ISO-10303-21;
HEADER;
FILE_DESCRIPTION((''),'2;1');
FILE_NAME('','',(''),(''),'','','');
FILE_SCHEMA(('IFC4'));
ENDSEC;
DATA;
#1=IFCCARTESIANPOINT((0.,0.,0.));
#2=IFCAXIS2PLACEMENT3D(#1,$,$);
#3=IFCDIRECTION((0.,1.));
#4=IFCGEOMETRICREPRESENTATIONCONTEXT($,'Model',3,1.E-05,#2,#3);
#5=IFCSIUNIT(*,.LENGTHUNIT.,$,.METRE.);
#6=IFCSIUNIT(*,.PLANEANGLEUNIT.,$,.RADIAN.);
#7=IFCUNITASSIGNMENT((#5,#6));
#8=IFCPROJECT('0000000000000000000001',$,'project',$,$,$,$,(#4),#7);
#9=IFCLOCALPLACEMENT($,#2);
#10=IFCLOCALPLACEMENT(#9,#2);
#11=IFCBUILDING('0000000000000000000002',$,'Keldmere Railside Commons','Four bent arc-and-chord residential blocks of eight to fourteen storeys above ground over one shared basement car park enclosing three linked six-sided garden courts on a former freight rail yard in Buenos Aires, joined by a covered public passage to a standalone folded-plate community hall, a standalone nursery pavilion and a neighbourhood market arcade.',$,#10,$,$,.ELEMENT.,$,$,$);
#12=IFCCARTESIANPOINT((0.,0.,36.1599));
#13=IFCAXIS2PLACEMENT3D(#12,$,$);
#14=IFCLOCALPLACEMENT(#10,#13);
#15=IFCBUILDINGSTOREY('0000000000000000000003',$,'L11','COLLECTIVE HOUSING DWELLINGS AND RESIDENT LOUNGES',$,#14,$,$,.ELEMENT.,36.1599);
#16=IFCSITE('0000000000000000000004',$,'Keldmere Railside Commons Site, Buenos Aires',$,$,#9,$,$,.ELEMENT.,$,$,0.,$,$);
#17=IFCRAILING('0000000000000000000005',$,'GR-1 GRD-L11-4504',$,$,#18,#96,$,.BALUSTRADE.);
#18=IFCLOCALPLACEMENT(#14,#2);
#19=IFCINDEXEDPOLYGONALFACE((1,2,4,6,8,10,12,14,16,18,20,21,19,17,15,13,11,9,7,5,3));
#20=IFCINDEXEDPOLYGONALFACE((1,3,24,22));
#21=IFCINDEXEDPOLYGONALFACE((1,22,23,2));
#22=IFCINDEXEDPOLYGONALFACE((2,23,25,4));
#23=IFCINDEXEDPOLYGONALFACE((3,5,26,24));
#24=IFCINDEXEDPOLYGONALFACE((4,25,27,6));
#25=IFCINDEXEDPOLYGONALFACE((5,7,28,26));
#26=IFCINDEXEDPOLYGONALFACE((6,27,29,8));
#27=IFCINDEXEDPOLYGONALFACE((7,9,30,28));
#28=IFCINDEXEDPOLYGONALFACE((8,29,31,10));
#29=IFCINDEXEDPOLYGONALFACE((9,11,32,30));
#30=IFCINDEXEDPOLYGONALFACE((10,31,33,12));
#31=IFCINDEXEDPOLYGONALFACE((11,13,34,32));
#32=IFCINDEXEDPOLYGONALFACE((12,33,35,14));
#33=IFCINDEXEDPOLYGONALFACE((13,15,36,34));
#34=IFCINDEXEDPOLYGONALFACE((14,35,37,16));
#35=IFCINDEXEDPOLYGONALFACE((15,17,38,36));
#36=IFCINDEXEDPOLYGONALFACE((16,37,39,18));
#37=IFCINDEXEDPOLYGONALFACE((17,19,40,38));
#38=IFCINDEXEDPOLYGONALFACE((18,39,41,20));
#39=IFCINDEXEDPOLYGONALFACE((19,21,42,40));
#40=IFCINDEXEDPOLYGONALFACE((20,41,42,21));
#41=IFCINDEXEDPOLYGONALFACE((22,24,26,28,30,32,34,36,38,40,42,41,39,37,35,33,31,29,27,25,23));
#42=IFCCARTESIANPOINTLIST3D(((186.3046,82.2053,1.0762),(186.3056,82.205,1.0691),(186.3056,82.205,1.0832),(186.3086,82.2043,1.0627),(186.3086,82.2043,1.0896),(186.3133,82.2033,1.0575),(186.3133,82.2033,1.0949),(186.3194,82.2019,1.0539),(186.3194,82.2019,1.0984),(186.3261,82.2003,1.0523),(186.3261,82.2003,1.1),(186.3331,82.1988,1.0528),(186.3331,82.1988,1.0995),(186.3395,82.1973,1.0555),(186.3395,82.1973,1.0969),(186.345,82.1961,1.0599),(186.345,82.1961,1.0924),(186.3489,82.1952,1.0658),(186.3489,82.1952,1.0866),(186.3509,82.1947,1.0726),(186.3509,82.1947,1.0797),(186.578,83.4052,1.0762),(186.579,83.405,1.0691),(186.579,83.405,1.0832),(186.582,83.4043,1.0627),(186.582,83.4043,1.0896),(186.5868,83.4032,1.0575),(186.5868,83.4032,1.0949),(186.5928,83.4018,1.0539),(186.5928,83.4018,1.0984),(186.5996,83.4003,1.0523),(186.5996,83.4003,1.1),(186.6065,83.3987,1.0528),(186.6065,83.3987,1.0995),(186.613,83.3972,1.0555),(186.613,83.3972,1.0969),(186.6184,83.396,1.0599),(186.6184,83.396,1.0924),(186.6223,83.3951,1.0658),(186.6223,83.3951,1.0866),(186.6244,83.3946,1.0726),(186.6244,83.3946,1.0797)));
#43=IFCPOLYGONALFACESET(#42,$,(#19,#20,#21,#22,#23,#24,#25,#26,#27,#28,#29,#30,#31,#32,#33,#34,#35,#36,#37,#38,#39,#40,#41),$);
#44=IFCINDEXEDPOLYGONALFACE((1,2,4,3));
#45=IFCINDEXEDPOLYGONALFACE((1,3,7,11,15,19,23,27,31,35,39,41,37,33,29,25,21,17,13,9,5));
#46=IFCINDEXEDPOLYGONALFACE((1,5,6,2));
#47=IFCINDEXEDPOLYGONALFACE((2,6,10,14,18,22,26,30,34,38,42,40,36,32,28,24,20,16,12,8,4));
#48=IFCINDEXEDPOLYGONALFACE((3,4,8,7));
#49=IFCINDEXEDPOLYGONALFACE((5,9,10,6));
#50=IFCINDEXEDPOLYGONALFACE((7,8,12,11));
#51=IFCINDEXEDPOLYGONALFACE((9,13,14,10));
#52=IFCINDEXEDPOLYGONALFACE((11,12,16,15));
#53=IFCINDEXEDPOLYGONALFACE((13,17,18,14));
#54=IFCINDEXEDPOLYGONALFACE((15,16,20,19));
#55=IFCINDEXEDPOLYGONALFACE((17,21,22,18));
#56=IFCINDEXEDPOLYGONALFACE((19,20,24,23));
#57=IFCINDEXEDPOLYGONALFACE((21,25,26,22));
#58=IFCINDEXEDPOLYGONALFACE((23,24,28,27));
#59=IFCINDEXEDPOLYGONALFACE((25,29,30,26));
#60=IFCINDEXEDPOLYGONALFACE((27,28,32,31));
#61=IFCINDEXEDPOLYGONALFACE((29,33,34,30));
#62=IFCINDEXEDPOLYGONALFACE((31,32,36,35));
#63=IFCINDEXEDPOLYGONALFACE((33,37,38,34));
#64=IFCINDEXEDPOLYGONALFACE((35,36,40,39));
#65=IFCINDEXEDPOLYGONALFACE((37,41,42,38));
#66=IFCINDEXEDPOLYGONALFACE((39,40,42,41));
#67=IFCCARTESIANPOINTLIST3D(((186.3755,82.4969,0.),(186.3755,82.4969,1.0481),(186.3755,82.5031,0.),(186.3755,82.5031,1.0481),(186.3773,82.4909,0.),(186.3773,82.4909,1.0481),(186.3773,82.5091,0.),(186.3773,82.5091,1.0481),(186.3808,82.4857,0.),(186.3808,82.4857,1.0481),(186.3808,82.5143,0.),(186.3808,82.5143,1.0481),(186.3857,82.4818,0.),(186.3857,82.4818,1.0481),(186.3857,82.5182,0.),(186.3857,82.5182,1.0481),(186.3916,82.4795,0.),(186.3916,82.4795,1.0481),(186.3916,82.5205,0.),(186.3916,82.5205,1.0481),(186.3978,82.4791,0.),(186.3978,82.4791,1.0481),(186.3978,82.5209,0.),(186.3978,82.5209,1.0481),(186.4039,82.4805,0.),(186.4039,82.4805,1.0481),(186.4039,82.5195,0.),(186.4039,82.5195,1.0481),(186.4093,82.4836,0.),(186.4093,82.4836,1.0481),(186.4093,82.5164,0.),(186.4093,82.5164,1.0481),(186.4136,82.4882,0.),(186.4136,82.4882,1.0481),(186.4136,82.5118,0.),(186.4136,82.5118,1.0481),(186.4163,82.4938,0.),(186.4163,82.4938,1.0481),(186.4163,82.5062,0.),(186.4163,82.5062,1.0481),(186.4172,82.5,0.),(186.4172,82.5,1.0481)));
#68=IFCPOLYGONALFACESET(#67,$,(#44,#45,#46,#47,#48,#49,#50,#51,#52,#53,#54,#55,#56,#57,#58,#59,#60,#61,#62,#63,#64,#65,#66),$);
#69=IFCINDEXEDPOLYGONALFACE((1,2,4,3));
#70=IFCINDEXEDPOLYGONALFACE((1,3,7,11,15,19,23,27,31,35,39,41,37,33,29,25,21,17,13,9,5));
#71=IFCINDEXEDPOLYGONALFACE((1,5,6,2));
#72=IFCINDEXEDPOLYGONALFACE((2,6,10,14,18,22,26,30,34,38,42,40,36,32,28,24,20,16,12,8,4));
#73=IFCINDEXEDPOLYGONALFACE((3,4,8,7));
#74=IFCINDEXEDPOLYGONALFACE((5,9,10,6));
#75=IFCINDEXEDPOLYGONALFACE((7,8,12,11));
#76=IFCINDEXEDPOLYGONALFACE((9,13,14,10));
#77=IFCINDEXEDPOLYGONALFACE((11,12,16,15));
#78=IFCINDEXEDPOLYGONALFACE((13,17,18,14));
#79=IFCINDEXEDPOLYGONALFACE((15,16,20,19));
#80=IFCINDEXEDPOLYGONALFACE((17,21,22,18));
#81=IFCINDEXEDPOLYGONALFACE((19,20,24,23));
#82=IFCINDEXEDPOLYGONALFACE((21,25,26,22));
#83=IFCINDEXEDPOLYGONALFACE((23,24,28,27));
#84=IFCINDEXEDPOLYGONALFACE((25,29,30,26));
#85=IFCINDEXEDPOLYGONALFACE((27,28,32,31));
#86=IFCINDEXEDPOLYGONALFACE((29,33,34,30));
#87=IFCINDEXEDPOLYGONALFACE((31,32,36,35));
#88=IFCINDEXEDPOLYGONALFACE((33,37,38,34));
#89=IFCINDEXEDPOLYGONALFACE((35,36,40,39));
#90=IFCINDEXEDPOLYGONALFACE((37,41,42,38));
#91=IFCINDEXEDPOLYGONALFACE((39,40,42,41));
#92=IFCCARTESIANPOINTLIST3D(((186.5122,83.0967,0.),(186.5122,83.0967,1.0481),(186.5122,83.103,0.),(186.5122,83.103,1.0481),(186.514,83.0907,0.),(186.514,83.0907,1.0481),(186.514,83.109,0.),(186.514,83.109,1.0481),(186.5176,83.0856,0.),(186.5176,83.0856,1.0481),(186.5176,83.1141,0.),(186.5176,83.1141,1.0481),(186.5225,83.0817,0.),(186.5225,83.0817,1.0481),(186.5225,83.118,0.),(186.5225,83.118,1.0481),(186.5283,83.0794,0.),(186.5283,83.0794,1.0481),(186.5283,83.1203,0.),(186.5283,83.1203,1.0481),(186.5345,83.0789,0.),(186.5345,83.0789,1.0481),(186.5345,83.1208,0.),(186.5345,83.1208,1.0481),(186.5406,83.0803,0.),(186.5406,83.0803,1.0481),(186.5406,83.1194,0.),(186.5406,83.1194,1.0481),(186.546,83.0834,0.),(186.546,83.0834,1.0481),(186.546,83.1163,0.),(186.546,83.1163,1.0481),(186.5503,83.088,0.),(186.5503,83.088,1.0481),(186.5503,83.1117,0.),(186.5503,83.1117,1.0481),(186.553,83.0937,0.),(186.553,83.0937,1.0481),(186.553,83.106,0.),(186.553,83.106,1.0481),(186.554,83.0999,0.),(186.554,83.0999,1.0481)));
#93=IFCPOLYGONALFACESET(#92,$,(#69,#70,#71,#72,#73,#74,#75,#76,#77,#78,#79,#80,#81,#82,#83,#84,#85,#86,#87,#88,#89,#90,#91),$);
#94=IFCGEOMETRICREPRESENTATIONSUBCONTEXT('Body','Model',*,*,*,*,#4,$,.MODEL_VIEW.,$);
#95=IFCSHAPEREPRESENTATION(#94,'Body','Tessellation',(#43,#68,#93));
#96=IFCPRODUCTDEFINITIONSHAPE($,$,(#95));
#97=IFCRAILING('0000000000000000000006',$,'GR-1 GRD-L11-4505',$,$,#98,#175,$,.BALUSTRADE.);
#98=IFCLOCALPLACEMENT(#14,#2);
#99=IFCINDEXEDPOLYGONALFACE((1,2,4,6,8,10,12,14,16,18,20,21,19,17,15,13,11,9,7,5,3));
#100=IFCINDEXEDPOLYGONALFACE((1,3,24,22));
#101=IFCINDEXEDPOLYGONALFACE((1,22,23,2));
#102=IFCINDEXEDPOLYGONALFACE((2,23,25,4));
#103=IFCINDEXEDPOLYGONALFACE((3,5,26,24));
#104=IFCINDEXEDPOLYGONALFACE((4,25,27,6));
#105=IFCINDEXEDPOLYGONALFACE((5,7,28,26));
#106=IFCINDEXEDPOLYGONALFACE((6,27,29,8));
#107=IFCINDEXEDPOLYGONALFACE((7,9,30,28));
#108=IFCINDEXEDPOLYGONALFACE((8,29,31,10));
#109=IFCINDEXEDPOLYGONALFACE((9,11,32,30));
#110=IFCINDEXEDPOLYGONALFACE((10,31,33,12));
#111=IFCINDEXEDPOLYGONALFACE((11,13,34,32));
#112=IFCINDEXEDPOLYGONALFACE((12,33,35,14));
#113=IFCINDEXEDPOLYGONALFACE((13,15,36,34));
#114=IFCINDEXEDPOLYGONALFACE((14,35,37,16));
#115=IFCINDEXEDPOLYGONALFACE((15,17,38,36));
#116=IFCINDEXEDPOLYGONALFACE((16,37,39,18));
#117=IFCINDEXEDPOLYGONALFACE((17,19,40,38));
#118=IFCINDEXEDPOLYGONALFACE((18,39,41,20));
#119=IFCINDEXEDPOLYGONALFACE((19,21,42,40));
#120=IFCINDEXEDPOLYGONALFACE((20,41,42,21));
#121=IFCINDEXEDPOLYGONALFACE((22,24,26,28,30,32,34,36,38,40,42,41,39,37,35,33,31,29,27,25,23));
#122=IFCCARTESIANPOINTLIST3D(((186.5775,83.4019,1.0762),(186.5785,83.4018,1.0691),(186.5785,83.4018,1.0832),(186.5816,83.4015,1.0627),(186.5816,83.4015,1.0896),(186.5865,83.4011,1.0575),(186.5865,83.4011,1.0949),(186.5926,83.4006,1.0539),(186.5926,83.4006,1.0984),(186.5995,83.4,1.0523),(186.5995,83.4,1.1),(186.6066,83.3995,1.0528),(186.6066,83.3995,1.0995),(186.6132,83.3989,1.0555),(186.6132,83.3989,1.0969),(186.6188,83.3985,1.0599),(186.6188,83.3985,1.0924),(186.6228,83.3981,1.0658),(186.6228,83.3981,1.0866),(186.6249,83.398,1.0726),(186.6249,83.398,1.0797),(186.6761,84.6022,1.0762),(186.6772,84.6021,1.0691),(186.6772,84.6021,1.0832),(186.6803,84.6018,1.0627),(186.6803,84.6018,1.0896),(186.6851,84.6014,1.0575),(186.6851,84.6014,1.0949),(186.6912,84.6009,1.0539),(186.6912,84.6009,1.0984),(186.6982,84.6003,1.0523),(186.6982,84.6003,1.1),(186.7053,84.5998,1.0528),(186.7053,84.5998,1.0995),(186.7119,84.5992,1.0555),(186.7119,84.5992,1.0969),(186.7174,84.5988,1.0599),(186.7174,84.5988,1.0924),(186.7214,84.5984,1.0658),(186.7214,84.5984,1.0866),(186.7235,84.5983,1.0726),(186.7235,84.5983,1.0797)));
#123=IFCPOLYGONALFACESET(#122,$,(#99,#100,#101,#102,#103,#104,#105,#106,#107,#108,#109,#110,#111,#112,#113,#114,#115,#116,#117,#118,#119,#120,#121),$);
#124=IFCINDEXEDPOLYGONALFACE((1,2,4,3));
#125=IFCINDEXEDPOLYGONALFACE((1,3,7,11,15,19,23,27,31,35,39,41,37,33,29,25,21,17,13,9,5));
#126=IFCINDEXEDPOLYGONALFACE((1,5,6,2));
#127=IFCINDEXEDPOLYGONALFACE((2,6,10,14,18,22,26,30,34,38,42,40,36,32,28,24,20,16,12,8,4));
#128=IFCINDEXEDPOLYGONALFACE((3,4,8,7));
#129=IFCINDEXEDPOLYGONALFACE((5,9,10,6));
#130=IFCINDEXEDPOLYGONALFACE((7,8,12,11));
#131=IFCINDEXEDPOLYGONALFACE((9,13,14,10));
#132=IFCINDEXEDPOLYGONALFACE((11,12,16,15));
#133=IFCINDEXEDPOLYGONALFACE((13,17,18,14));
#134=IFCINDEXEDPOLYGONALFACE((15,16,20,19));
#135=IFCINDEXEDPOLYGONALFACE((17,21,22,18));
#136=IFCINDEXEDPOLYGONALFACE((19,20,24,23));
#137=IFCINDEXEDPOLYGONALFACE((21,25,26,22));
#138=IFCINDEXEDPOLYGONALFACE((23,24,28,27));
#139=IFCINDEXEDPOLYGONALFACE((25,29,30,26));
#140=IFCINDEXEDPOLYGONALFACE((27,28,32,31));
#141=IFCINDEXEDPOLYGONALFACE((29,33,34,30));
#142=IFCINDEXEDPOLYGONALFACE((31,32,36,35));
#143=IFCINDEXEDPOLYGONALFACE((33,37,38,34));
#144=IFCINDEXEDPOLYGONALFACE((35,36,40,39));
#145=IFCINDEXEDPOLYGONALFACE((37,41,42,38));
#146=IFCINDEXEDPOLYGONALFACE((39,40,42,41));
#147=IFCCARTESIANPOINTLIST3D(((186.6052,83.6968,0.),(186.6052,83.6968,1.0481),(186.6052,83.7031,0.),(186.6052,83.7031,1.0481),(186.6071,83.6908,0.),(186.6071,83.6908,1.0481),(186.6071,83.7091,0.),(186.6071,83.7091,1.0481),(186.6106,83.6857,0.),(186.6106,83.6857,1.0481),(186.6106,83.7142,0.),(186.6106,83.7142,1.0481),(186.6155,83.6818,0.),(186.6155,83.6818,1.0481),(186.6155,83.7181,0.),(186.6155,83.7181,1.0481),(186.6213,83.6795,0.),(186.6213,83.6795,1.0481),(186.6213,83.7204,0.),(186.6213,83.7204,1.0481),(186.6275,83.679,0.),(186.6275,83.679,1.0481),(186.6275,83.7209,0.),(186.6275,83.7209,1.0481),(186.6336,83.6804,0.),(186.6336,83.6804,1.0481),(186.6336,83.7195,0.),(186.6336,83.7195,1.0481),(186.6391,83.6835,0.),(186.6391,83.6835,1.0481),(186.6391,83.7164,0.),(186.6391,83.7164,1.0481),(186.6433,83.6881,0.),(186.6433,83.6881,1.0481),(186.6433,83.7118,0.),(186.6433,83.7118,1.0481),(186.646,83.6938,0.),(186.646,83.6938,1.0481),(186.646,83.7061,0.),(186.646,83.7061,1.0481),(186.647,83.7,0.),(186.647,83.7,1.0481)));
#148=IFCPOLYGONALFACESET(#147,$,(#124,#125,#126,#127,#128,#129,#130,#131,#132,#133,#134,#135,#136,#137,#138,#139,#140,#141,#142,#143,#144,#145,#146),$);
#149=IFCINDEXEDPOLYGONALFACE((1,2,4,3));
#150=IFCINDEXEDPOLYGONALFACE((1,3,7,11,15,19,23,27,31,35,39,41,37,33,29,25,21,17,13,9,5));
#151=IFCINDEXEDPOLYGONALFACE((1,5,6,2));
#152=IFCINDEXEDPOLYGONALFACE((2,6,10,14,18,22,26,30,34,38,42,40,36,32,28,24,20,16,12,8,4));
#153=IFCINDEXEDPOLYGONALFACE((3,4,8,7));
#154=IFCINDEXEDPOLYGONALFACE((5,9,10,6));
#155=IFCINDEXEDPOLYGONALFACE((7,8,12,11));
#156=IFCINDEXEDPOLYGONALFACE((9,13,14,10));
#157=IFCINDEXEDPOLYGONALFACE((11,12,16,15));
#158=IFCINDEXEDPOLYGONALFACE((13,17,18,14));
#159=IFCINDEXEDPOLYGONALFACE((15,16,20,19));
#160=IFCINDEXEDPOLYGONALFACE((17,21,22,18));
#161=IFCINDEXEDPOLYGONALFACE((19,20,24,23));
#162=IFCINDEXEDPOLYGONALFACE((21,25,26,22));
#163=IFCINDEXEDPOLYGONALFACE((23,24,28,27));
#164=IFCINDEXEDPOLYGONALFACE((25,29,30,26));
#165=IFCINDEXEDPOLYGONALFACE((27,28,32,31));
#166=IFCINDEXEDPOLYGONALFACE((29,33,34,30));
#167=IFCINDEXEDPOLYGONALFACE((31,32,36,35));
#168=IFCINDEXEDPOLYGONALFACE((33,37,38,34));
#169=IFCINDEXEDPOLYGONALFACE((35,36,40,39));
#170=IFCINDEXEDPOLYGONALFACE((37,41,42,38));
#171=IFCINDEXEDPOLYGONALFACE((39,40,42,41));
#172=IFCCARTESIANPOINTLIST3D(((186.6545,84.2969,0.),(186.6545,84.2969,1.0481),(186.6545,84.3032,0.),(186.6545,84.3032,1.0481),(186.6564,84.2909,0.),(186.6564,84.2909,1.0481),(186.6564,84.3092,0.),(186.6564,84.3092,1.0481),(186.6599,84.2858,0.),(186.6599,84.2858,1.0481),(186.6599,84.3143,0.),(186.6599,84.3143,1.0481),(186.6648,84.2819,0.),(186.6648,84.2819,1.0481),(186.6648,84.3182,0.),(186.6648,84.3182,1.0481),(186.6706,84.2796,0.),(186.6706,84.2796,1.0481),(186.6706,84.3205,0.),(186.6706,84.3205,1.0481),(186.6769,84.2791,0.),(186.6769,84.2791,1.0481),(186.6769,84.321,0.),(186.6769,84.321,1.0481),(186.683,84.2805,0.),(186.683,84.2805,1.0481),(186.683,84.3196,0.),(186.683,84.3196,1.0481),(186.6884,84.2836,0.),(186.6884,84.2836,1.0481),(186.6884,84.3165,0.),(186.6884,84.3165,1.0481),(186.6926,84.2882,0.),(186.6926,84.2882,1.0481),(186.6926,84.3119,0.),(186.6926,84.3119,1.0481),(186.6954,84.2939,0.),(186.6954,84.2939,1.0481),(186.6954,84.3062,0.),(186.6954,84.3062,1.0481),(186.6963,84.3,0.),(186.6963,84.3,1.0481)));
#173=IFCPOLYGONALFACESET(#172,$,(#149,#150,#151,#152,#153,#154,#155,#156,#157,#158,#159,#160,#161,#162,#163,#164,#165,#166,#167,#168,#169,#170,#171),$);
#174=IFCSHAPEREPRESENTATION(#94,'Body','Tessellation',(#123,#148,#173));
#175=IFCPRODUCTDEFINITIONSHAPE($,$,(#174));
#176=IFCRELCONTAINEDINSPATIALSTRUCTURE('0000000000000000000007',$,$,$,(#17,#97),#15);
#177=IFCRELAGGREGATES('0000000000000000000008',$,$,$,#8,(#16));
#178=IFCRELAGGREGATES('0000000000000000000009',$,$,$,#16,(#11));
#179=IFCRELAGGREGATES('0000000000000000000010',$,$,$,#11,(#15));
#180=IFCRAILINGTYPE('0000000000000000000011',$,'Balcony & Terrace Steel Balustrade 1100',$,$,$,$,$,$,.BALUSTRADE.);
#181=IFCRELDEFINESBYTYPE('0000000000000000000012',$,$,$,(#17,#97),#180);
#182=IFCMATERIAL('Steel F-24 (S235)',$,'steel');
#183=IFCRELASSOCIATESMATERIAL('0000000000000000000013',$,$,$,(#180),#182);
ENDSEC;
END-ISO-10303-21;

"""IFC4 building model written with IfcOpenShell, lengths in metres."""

from ifc_helpers import new_model, si_unit, direction, frame, origin, origin_2d, place, context, subcontext, project, spatial, circle, extrude, material, type_object, element, save


model = new_model("IFC4")

# Units and contexts
model_context = context("Model", 3, precision=1e-05, world=origin(), true_north=direction((0.0, 1.0)))
body_context = subcontext(model_context, "Body", "Model", "MODEL_VIEW")
ifc_project = project(units=[si_unit("LENGTHUNIT", "METRE"), si_unit("PLANEANGLEUNIT", "RADIAN")], contexts=[model_context])

# Site, building, storey
site_placement = place(None, origin())
site = spatial("IfcSite", under=ifc_project, at=site_placement, Name="Keldmere Railside Commons Site, Buenos Aires", CompositionType="ELEMENT", RefElevation=0.0)
building_placement = place(site_placement, origin())
building = spatial("IfcBuilding", under=site, at=building_placement, Name="Keldmere Railside Commons", Description="Four bent arc-and-chord residential blocks of eight to fourteen storeys above ground over one shared basement car park enclosing three linked six-sided garden courts on a former freight rail yard in Buenos Aires, joined by a covered public passage to a standalone folded-plate community hall, a standalone nursery pavilion and a neighbourhood market arcade.", CompositionType="ELEMENT")
storey_placement = place(building_placement, frame((0.0, 0.0, 36.1599)))
storey = spatial("IfcBuildingStorey", under=building, at=storey_placement, Name="L11", Description="COLLECTIVE HOUSING DWELLINGS AND RESIDENT LOUNGES", CompositionType="ELEMENT", Elevation=36.1599)

# Railings
ifc_material_1 = material(Name="Steel F-24 (S235)", Category="steel")
railing_type = type_object("IfcRailingType", Name="Balcony & Terrace Steel Balustrade 1100", PredefinedType="BALUSTRADE", material=ifc_material_1)
railing_1_placement = place(storey_placement, frame((186.3279, 82.2, 0.0)))
element("IfcRailing", 1, at=railing_1_placement, inside=storey, type_object=railing_type, Name="GR-1 GRD-L11-4504", PredefinedType="BALUSTRADE", context=body_context, shape_type="SweptSolid", body=[
    extrude(circle(Radius=0.0239, at=origin_2d()), frame((0.0, 0.0, 1.0762), z_axis=(0.222178, 0.975006, 0.0), x_axis=(-0.975006, 0.222178, 0.0)), (0.0, 0.0, 1.0), 1.2307),
    extrude(circle(Radius=0.021, at=origin_2d()), frame((0.0684, 0.3, 0.0)), (0.0, 0.0, 1.0), 1.0481),
    extrude(circle(Radius=0.021, at=origin_2d()), frame((0.2051, 0.8999, 0.0)), (0.0, 0.0, 1.0), 1.0481),
])
railing_2_placement = place(storey_placement, frame((186.6013, 83.3999, 0.0)))
element("IfcRailing", 2, at=railing_2_placement, inside=storey, type_object=railing_type, Name="GR-1 GRD-L11-4505", PredefinedType="BALUSTRADE", context=body_context, shape_type="SweptSolid", body=[
    extrude(circle(Radius=0.0239, at=origin_2d()), frame((0.0, 0.0, 1.0762), z_axis=(0.081905, 0.99664, 0.0), x_axis=(-0.99664, 0.081905, 0.0)), (0.0, 0.0, 1.0), 1.2043),
    extrude(circle(Radius=0.021, at=origin_2d()), frame((0.0247, 0.3, 0.0)), (0.0, 0.0, 1.0), 1.0481),
    extrude(circle(Radius=0.021, at=origin_2d()), frame((0.074, 0.9001, 0.0)), (0.0, 0.0, 1.0), 1.0481),
])

save(model, "model.ifc")
